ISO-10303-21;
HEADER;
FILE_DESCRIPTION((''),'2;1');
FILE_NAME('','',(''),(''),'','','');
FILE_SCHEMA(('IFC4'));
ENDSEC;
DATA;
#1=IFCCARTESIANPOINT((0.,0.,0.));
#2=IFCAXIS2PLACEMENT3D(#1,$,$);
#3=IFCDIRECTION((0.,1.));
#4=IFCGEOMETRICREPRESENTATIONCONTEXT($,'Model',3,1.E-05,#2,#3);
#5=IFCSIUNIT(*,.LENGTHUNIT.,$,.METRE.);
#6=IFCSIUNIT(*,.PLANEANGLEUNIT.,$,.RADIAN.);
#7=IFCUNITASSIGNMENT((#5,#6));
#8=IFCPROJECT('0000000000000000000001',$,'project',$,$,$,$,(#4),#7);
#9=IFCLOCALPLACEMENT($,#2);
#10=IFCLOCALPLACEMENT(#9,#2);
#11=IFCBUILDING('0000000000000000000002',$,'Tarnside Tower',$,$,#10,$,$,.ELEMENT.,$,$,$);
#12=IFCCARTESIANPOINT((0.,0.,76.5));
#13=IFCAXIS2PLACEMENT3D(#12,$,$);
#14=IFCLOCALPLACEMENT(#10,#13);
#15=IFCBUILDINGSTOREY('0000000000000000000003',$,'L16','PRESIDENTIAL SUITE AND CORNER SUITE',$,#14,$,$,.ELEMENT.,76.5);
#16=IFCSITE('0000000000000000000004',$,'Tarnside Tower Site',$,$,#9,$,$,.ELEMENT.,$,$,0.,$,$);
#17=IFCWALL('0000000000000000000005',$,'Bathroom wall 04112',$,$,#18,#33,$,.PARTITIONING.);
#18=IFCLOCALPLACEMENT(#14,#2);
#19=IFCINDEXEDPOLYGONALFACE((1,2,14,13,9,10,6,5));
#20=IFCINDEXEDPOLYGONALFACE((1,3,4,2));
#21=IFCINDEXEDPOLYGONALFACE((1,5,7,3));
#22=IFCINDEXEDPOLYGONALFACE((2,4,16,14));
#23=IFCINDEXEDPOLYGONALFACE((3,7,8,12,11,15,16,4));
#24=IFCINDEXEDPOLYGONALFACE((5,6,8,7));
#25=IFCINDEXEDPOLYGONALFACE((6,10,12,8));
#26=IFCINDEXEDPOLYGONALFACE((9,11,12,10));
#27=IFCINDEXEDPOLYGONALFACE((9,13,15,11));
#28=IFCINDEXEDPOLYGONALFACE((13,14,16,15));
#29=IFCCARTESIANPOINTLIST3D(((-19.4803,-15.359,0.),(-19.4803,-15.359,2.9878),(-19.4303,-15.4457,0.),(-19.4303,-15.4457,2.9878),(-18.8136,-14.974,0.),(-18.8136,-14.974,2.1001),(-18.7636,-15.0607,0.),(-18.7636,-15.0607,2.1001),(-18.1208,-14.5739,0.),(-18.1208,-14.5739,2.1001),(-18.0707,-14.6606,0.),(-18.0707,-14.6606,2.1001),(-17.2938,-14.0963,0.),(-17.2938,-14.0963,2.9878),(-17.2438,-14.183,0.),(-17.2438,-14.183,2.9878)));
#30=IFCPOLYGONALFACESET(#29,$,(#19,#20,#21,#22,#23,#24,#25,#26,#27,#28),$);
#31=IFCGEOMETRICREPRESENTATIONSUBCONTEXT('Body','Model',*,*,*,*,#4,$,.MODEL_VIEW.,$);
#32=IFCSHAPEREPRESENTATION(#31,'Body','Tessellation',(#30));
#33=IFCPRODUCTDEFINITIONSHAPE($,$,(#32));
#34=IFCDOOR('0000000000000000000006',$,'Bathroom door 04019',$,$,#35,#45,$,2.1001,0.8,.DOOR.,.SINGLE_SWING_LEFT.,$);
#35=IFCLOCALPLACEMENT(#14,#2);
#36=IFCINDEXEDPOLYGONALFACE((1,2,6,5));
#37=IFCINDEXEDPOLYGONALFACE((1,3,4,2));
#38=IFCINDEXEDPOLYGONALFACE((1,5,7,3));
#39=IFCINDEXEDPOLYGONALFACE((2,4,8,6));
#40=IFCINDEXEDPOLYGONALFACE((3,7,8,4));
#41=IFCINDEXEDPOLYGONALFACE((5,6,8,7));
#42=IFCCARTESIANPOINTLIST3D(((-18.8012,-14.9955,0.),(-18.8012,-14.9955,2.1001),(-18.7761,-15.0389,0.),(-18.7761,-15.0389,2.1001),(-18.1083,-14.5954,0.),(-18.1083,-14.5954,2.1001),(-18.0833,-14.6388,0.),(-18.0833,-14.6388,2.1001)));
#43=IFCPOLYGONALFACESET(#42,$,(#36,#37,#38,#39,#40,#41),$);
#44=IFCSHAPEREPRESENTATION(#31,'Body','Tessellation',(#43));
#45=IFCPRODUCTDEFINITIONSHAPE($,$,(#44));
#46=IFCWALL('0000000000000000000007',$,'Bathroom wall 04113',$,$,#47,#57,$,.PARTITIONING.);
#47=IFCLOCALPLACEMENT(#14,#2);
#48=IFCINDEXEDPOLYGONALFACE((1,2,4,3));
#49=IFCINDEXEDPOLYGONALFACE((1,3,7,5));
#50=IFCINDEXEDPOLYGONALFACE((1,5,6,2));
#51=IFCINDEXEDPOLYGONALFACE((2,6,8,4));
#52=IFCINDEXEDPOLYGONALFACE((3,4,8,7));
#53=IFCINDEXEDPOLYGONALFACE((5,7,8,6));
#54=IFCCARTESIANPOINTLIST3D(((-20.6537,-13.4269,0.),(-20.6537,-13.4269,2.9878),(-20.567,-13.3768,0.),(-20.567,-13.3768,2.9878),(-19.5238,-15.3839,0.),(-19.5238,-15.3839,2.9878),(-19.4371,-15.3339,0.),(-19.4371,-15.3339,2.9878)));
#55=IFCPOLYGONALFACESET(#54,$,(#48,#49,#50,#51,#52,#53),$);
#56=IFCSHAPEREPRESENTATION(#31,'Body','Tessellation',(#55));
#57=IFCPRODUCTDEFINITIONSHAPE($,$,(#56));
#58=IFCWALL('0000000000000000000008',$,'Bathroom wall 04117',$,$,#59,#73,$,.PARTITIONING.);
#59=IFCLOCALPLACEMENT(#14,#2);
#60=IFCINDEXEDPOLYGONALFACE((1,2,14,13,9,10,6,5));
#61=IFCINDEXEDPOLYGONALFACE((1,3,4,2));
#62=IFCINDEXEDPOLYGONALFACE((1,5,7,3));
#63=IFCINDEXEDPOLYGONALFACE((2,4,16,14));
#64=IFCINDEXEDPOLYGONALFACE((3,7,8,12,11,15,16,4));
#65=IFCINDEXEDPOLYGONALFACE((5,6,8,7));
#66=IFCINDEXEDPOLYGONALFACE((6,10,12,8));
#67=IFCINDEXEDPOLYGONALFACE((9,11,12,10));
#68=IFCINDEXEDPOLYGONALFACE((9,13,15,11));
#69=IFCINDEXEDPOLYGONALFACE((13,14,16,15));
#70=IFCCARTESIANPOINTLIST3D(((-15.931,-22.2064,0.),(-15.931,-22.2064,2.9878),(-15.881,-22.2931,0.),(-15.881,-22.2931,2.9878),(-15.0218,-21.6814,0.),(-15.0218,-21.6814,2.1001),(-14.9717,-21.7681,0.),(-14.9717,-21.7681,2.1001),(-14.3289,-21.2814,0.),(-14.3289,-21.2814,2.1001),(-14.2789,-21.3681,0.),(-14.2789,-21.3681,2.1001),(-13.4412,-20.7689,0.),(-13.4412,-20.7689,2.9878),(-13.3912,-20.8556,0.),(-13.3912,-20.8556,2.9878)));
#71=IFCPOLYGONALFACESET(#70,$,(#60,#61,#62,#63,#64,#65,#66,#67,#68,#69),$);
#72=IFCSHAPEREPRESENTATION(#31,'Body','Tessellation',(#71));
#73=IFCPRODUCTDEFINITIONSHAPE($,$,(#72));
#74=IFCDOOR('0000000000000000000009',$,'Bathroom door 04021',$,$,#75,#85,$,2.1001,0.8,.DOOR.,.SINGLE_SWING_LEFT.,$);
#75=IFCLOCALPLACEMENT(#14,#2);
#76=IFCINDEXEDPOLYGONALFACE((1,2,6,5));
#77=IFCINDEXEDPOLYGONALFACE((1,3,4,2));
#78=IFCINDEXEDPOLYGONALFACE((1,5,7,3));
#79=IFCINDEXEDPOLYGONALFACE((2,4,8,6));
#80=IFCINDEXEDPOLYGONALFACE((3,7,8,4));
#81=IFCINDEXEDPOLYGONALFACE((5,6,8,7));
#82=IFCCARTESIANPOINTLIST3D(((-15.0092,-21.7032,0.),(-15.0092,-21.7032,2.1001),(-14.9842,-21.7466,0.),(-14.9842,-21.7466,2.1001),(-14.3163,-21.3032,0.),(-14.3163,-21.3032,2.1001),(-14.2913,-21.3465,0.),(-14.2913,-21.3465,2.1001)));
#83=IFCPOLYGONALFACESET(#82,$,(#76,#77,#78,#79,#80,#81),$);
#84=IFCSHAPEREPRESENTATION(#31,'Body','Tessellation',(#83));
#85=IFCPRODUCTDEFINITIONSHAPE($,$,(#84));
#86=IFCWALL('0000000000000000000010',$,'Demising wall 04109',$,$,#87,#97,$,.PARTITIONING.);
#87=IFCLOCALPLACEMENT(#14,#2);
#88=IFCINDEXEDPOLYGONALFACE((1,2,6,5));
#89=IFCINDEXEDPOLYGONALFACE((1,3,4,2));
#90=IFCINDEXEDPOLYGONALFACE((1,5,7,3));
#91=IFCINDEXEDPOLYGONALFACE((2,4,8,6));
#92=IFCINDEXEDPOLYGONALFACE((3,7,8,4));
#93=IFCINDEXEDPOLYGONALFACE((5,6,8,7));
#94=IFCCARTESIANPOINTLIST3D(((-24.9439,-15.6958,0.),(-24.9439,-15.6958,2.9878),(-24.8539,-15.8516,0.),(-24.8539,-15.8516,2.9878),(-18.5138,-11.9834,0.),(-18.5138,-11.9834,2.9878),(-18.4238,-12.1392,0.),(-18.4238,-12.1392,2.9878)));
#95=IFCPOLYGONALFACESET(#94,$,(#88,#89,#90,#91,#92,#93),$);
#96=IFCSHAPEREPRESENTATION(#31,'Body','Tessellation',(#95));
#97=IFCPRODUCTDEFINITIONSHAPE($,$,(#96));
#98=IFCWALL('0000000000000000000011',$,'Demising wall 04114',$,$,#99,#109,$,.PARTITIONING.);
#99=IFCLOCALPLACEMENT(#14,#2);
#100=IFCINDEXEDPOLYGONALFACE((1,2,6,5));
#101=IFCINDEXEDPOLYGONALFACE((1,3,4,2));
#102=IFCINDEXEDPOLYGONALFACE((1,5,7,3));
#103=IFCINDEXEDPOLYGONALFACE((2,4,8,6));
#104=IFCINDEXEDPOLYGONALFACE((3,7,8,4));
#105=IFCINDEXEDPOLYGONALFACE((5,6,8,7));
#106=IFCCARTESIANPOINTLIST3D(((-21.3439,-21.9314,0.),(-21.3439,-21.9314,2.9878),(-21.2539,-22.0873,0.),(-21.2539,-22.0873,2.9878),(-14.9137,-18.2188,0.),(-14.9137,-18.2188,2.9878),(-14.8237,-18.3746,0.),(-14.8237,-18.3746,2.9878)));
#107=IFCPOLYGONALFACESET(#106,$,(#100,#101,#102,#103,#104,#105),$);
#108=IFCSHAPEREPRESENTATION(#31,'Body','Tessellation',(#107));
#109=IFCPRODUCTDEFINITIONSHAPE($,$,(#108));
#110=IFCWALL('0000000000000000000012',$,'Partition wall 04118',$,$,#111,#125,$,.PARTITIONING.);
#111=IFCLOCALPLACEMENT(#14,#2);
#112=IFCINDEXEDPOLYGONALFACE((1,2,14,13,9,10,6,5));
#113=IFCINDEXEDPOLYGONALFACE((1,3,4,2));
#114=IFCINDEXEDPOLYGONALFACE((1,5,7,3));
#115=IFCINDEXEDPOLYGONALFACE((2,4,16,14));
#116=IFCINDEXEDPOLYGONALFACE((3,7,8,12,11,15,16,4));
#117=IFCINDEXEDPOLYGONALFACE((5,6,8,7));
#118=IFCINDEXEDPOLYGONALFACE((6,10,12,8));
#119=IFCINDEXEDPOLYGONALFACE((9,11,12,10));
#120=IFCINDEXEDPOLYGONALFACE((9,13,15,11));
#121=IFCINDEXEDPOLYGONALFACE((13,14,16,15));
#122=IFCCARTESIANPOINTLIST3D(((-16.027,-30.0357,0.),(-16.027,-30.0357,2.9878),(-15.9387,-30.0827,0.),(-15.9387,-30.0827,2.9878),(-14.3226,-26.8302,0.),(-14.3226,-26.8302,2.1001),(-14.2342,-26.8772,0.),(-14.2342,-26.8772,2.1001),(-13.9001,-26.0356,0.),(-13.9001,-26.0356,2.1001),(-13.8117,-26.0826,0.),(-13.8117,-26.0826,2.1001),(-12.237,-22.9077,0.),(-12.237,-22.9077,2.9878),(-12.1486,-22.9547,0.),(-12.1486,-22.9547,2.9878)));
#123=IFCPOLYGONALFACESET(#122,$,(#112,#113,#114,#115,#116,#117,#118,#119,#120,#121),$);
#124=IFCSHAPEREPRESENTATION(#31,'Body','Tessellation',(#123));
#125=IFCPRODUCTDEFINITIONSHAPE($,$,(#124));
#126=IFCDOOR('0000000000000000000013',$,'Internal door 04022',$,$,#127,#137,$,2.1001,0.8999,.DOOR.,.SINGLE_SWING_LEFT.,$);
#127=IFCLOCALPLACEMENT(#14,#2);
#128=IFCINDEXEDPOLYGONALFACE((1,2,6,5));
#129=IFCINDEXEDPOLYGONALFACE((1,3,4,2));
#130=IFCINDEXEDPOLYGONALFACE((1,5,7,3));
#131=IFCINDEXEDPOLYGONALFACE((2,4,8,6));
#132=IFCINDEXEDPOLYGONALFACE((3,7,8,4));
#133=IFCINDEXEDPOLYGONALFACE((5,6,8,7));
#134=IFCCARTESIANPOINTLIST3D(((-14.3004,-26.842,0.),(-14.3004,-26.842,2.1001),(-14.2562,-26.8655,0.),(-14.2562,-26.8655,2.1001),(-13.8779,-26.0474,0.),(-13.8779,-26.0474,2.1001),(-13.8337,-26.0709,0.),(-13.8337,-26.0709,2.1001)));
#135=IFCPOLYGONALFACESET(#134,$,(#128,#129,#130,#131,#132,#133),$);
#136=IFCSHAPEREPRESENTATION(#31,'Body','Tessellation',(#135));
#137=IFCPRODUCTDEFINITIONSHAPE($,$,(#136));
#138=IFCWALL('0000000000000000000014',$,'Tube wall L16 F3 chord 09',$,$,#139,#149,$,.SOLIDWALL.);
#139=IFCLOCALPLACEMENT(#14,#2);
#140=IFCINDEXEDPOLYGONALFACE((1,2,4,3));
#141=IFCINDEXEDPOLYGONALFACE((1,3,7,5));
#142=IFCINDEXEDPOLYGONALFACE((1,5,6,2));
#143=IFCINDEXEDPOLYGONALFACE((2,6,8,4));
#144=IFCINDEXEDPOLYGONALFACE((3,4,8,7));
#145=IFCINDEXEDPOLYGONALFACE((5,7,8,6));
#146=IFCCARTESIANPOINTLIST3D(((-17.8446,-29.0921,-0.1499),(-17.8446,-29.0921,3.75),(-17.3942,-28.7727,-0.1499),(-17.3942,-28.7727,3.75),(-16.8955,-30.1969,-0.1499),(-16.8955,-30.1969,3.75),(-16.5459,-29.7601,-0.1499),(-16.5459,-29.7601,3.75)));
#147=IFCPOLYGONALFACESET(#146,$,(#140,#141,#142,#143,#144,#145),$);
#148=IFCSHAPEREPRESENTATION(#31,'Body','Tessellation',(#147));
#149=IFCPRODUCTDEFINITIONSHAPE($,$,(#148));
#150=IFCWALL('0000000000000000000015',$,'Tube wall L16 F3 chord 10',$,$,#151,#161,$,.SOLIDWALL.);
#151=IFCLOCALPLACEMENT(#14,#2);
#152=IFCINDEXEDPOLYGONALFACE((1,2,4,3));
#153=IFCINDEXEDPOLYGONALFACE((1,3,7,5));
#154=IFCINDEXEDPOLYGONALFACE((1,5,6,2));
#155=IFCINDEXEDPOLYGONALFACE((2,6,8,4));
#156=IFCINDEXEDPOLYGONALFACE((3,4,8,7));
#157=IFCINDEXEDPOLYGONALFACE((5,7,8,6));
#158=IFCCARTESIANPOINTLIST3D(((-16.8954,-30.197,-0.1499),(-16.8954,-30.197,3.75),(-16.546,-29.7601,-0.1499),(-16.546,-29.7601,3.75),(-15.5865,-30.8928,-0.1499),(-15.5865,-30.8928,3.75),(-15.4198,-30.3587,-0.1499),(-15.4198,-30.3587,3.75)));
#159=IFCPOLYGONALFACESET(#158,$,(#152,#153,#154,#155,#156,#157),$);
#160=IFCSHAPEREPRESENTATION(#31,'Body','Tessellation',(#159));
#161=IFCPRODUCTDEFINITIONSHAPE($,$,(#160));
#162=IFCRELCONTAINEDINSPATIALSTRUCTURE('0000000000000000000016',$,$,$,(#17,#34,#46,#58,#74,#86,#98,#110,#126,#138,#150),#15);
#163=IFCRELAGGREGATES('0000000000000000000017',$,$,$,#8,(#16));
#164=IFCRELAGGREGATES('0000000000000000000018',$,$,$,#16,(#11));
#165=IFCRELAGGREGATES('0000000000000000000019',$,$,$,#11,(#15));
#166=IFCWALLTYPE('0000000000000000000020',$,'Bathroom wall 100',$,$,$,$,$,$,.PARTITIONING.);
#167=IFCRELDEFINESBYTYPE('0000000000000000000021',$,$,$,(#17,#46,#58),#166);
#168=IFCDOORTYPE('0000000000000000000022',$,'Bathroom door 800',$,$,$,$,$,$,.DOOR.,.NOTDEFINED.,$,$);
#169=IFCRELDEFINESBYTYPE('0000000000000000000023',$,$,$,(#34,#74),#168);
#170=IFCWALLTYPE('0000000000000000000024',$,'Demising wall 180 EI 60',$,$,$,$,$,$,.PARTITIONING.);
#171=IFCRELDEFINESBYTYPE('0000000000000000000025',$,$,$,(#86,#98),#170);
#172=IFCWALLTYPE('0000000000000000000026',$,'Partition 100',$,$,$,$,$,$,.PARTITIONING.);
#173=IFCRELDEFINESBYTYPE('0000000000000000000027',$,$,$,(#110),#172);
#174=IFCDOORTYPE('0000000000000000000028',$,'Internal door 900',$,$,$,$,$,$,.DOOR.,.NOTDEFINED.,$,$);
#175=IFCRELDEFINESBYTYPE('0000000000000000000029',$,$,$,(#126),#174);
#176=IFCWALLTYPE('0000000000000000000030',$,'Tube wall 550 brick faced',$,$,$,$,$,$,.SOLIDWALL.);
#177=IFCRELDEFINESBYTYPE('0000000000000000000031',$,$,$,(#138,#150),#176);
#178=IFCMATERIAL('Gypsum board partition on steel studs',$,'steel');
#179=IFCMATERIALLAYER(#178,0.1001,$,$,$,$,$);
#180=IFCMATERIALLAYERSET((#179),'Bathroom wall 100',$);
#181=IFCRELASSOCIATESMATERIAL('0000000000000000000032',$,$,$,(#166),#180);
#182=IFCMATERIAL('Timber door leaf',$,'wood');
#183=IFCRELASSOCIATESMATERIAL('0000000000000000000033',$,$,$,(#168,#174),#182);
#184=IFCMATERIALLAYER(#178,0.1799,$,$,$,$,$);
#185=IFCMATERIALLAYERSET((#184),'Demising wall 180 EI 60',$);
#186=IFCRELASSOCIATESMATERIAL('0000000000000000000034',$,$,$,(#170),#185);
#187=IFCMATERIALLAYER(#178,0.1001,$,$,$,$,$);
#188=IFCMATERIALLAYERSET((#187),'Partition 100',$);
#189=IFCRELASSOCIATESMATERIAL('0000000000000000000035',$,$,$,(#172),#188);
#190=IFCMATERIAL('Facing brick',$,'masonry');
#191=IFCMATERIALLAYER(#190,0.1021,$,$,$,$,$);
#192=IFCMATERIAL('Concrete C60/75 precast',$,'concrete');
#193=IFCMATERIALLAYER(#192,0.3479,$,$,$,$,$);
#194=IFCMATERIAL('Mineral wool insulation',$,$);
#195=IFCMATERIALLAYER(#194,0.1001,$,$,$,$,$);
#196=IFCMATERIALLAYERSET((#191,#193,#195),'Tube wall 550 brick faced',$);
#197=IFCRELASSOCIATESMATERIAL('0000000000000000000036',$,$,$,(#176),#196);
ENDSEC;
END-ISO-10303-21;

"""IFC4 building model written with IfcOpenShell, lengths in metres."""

from ifc_helpers import new_model, si_unit, direction, frame, frame_2d, origin, place, context, subcontext, project, spatial, polyline, rectangle, outline, extrude, material, layer, layer_set, type_object, element, fill, save


model = new_model("IFC4")

# Units and contexts
model_context = context("Model", 3, precision=1e-05, world=origin(), true_north=direction((0.0, 1.0)))
body_context = subcontext(model_context, "Body", "Model", "MODEL_VIEW")
ifc_project = project(units=[si_unit("LENGTHUNIT", "METRE"), si_unit("PLANEANGLEUNIT", "RADIAN")], contexts=[model_context])

# Site, building, storey
site_placement = place(None, origin())
site = spatial("IfcSite", under=ifc_project, at=site_placement, Name="Tarnside Tower Site", CompositionType="ELEMENT", RefElevation=0.0)
building_placement = place(site_placement, origin())
building = spatial("IfcBuilding", under=site, at=building_placement, Name="Tarnside Tower", CompositionType="ELEMENT")
storey_placement = place(building_placement, frame((0.0, 0.0, 76.5)))
storey = spatial("IfcBuildingStorey", under=building, at=storey_placement, Name="L16", Description="PRESIDENTIAL SUITE AND CORNER SUITE", CompositionType="ELEMENT", Elevation=76.5)

# Shared definitions
ifc_material_1 = material(Name="Gypsum board partition on steel studs", Category="steel")
ifc_layer_1 = layer(ifc_material_1, 0.1001)
ifc_layer_set_1 = layer_set([ifc_layer_1], Name="Bathroom wall 100")
wall_type_1 = type_object("IfcWallType", Name="Bathroom wall 100", PredefinedType="PARTITIONING", material=ifc_layer_set_1)

# Wall, opening, door
ifc_material_2 = material(Name="Timber door leaf", Category="wood")
door_type_1 = type_object("IfcDoorType", Name="Bathroom door 800", OperationType="NOTDEFINED", PredefinedType="DOOR", material=ifc_material_2)
wall_1_placement = place(storey_placement, frame((-17.2688, -14.1396, 0.0), z_axis=(0.0, 0.0, 1.0), x_axis=(-0.865973, -0.500091, 0.0)))
wall_1 = element("IfcWall", 1, at=wall_1_placement, inside=storey, type_object=wall_type_1, Name="Bathroom wall 04112", PredefinedType="PARTITIONING", context=body_context, shape_type="SweptSolid", body=[
    extrude(rectangle(XDim=2.5249, YDim=0.1001, at=frame_2d((1.2625, 0.0))), origin(), (0.0, 0.0, 1.0), 2.9878),
])
opening_1_placement = place(wall_1_placement, frame((0.9551, 0.0, 0.0)))
opening_1 = element("IfcOpeningElement", 2, at=opening_1_placement, cuts=wall_1, PredefinedType="OPENING", context=body_context, shape_type="SweptSolid", body=[
    extrude(rectangle(XDim=0.8, YDim=2.1001, at=frame_2d((0.3999, 1.05))), frame((0.0, 0.0601, 0.0), z_axis=(0.0, -1.0, 0.0), x_axis=(1.0, 0.0, 0.0)), (0.0, 0.0, 1.0), 0.1201),
])
door_1_placement = place(opening_1_placement, origin())
door_1 = element("IfcDoor", 3, at=door_1_placement, inside=storey, type_object=door_type_1, Name="Bathroom door 04019", OperationType="SINGLE_SWING_LEFT", OverallHeight=2.1001, OverallWidth=0.8, PredefinedType="DOOR", context=body_context, shape_type="SweptSolid", body=[
    extrude(rectangle(XDim=0.8, YDim=2.1001, at=frame_2d((0.3999, 1.05))), frame((0.0, 0.0249, 0.0), z_axis=(0.0, -1.0, 0.0), x_axis=(1.0, 0.0, 0.0)), (0.0, 0.0, 1.0), 0.05),
])
fill(opening_1, door_1)

# Wall
wall_2_placement = place(storey_placement, frame((-19.4805, -15.3589, 0.0), z_axis=(0.0, 0.0, 1.0), x_axis=(-0.499997, 0.866027, 0.0)))
element("IfcWall", 4, at=wall_2_placement, inside=storey, type_object=wall_type_1, Name="Bathroom wall 04113", PredefinedType="PARTITIONING", context=body_context, shape_type="SweptSolid", body=[
    extrude(rectangle(XDim=2.2598, YDim=0.1001, at=frame_2d((1.1299, 0.0))), origin(), (0.0, 0.0, 1.0), 2.9878),
])

# Wall, opening, door
wall_3_placement = place(storey_placement, frame((-15.906, -22.2498, 0.0), z_axis=(0.0, 0.0, 1.0), x_axis=(0.866019, 0.500012, 0.0)))
wall_3 = element("IfcWall", 5, at=wall_3_placement, inside=storey, type_object=wall_type_1, Name="Bathroom wall 04117", PredefinedType="PARTITIONING", context=body_context, shape_type="SweptSolid", body=[
    extrude(rectangle(XDim=2.875, YDim=0.1001, at=frame_2d((1.4375, 0.0))), origin(), (0.0, 0.0, 1.0), 2.9878),
])
opening_2_placement = place(wall_3_placement, frame((1.05, 0.0, 0.0)))
opening_2 = element("IfcOpeningElement", 6, at=opening_2_placement, cuts=wall_3, PredefinedType="OPENING", context=body_context, shape_type="SweptSolid", body=[
    extrude(rectangle(XDim=0.8, YDim=2.1001, at=frame_2d((0.3999, 1.05))), frame((0.0, 0.0601, 0.0), z_axis=(0.0, -1.0, 0.0), x_axis=(1.0, 0.0, 0.0)), (0.0, 0.0, 1.0), 0.1201),
])
door_2_placement = place(opening_2_placement, origin())
door_2 = element("IfcDoor", 7, at=door_2_placement, inside=storey, type_object=door_type_1, Name="Bathroom door 04021", OperationType="SINGLE_SWING_LEFT", OverallHeight=2.1001, OverallWidth=0.8, PredefinedType="DOOR", context=body_context, shape_type="SweptSolid", body=[
    extrude(rectangle(XDim=0.8, YDim=2.1001, at=frame_2d((0.3999, 1.05))), frame((0.0, 0.0249, 0.0), z_axis=(0.0, -1.0, 0.0), x_axis=(1.0, 0.0, 0.0)), (0.0, 0.0, 1.0), 0.05),
])
fill(opening_2, door_2)

# Walls
ifc_layer_2 = layer(ifc_material_1, 0.1799)
ifc_layer_set_2 = layer_set([ifc_layer_2], Name="Demising wall 180 EI 60")
wall_type_2 = type_object("IfcWallType", Name="Demising wall 180 EI 60", PredefinedType="PARTITIONING", material=ifc_layer_set_2)
wall_4_placement = place(storey_placement, frame((-24.8989, -15.7737, 0.0), z_axis=(0.0, 0.0, 1.0), x_axis=(0.866029, 0.499994, 0.0)))
element("IfcWall", 8, at=wall_4_placement, inside=storey, type_object=wall_type_2, Name="Demising wall 04109", PredefinedType="PARTITIONING", context=body_context, shape_type="SweptSolid", body=[
    extrude(rectangle(XDim=7.4248, YDim=0.1799, at=frame_2d((3.7124, 0.0))), origin(), (0.0, 0.0, 1.0), 2.9878),
])
wall_5_placement = place(storey_placement, frame((-21.2988, -22.0093, 0.0), z_axis=(0.0, 0.0, 1.0), x_axis=(0.866015, 0.500018, 0.0)))
element("IfcWall", 9, at=wall_5_placement, inside=storey, type_object=wall_type_2, Name="Demising wall 04114", PredefinedType="PARTITIONING", context=body_context, shape_type="SweptSolid", body=[
    extrude(rectangle(XDim=7.425, YDim=0.1799, at=frame_2d((3.7124, 0.0))), origin(), (0.0, 0.0, 1.0), 2.9878),
])

# Wall, opening, door
ifc_layer_3 = layer(ifc_material_1, 0.1001)
ifc_layer_set_3 = layer_set([ifc_layer_3], Name="Partition 100")
wall_type_3 = type_object("IfcWallType", Name="Partition 100", PredefinedType="PARTITIONING", material=ifc_layer_set_3)
wall_6_placement = place(storey_placement, frame((-15.9829, -30.0593, 0.0), z_axis=(0.0, 0.0, 1.0), x_axis=(0.469477, 0.882945, 0.0)))
wall_6 = element("IfcWall", 10, at=wall_6_placement, inside=storey, type_object=wall_type_3, Name="Partition wall 04118", PredefinedType="PARTITIONING", context=body_context, shape_type="SweptSolid", body=[
    extrude(rectangle(XDim=8.073, YDim=0.1001, at=frame_2d((4.0366, 0.0))), origin(), (0.0, 0.0, 1.0), 2.9878),
])
opening_3_placement = place(wall_6_placement, frame((3.6306, 0.0, 0.0)))
opening_3 = element("IfcOpeningElement", 11, at=opening_3_placement, cuts=wall_6, PredefinedType="OPENING", context=body_context, shape_type="SweptSolid", body=[
    extrude(rectangle(XDim=0.8999, YDim=2.1001, at=frame_2d((0.45, 1.05))), frame((0.0, 0.0601, 0.0), z_axis=(0.0, -1.0, 0.0), x_axis=(1.0, 0.0, 0.0)), (0.0, 0.0, 1.0), 0.1201),
])
door_type_2 = type_object("IfcDoorType", Name="Internal door 900", OperationType="NOTDEFINED", PredefinedType="DOOR", material=ifc_material_2)
door_3_placement = place(opening_3_placement, origin())
door_3 = element("IfcDoor", 12, at=door_3_placement, inside=storey, type_object=door_type_2, Name="Internal door 04022", OperationType="SINGLE_SWING_LEFT", OverallHeight=2.1001, OverallWidth=0.8999, PredefinedType="DOOR", context=body_context, shape_type="SweptSolid", body=[
    extrude(rectangle(XDim=0.8999, YDim=2.1001, at=frame_2d((0.45, 1.05))), frame((0.0, 0.0249, 0.0), z_axis=(0.0, -1.0, 0.0), x_axis=(1.0, 0.0, 0.0)), (0.0, 0.0, 1.0), 0.05),
])
fill(opening_3, door_3)

# Walls
ifc_material_3 = material(Name="Facing brick", Category="masonry")
ifc_layer_4 = layer(ifc_material_3, 0.1021)
ifc_material_4 = material(Name="Concrete C60/75 precast", Category="concrete")
ifc_layer_5 = layer(ifc_material_4, 0.3479)
ifc_material_5 = material(Name="Mineral wool insulation")
ifc_layer_6 = layer(ifc_material_5, 0.1001)
ifc_layer_set_4 = layer_set([ifc_layer_4, ifc_layer_5, ifc_layer_6], Name="Tube wall 550 brick faced")
wall_type_4 = type_object("IfcWallType", Name="Tube wall 550 brick faced", PredefinedType="SOLIDWALL", material=ifc_layer_set_4)
wall_7_placement = place(storey_placement, frame((-17.6194, -28.9324, -0.1499), z_axis=(0.0, 0.0, 1.0), x_axis=(0.651622, -0.758544, 0.0)))
element("IfcWall", 13, at=wall_7_placement, inside=storey, type_object=wall_type_4, Name="Tube wall L16 F3 chord 09", PredefinedType="SOLIDWALL", context=body_context, shape_type="SweptSolid", body=[
    extrude(outline(polyline([(-0.0256, -0.2749), (1.4309, -0.2749), (1.3274, 0.2749), (0.0256, 0.2749), (-0.0256, -0.2749)])), origin(), (0.0, 0.0, 1.0), 3.8999),
])
wall_8_placement = place(storey_placement, frame((-16.7207, -29.9785, -0.1499), z_axis=(0.0, 0.0, 1.0), x_axis=(0.882994, -0.469384, 0.0)))
element("IfcWall", 14, at=wall_8_placement, inside=storey, type_object=wall_type_4, Name="Tube wall L16 F3 chord 10", PredefinedType="SOLIDWALL", context=body_context, shape_type="SweptSolid", body=[
    extrude(outline(polyline([(-0.0518, -0.2749), (1.4307, -0.2749), (1.3271, 0.2749), (0.0518, 0.2749), (-0.0518, -0.2749)])), origin(), (0.0, 0.0, 1.0), 3.8999),
])

save(model, "model.ifc")
